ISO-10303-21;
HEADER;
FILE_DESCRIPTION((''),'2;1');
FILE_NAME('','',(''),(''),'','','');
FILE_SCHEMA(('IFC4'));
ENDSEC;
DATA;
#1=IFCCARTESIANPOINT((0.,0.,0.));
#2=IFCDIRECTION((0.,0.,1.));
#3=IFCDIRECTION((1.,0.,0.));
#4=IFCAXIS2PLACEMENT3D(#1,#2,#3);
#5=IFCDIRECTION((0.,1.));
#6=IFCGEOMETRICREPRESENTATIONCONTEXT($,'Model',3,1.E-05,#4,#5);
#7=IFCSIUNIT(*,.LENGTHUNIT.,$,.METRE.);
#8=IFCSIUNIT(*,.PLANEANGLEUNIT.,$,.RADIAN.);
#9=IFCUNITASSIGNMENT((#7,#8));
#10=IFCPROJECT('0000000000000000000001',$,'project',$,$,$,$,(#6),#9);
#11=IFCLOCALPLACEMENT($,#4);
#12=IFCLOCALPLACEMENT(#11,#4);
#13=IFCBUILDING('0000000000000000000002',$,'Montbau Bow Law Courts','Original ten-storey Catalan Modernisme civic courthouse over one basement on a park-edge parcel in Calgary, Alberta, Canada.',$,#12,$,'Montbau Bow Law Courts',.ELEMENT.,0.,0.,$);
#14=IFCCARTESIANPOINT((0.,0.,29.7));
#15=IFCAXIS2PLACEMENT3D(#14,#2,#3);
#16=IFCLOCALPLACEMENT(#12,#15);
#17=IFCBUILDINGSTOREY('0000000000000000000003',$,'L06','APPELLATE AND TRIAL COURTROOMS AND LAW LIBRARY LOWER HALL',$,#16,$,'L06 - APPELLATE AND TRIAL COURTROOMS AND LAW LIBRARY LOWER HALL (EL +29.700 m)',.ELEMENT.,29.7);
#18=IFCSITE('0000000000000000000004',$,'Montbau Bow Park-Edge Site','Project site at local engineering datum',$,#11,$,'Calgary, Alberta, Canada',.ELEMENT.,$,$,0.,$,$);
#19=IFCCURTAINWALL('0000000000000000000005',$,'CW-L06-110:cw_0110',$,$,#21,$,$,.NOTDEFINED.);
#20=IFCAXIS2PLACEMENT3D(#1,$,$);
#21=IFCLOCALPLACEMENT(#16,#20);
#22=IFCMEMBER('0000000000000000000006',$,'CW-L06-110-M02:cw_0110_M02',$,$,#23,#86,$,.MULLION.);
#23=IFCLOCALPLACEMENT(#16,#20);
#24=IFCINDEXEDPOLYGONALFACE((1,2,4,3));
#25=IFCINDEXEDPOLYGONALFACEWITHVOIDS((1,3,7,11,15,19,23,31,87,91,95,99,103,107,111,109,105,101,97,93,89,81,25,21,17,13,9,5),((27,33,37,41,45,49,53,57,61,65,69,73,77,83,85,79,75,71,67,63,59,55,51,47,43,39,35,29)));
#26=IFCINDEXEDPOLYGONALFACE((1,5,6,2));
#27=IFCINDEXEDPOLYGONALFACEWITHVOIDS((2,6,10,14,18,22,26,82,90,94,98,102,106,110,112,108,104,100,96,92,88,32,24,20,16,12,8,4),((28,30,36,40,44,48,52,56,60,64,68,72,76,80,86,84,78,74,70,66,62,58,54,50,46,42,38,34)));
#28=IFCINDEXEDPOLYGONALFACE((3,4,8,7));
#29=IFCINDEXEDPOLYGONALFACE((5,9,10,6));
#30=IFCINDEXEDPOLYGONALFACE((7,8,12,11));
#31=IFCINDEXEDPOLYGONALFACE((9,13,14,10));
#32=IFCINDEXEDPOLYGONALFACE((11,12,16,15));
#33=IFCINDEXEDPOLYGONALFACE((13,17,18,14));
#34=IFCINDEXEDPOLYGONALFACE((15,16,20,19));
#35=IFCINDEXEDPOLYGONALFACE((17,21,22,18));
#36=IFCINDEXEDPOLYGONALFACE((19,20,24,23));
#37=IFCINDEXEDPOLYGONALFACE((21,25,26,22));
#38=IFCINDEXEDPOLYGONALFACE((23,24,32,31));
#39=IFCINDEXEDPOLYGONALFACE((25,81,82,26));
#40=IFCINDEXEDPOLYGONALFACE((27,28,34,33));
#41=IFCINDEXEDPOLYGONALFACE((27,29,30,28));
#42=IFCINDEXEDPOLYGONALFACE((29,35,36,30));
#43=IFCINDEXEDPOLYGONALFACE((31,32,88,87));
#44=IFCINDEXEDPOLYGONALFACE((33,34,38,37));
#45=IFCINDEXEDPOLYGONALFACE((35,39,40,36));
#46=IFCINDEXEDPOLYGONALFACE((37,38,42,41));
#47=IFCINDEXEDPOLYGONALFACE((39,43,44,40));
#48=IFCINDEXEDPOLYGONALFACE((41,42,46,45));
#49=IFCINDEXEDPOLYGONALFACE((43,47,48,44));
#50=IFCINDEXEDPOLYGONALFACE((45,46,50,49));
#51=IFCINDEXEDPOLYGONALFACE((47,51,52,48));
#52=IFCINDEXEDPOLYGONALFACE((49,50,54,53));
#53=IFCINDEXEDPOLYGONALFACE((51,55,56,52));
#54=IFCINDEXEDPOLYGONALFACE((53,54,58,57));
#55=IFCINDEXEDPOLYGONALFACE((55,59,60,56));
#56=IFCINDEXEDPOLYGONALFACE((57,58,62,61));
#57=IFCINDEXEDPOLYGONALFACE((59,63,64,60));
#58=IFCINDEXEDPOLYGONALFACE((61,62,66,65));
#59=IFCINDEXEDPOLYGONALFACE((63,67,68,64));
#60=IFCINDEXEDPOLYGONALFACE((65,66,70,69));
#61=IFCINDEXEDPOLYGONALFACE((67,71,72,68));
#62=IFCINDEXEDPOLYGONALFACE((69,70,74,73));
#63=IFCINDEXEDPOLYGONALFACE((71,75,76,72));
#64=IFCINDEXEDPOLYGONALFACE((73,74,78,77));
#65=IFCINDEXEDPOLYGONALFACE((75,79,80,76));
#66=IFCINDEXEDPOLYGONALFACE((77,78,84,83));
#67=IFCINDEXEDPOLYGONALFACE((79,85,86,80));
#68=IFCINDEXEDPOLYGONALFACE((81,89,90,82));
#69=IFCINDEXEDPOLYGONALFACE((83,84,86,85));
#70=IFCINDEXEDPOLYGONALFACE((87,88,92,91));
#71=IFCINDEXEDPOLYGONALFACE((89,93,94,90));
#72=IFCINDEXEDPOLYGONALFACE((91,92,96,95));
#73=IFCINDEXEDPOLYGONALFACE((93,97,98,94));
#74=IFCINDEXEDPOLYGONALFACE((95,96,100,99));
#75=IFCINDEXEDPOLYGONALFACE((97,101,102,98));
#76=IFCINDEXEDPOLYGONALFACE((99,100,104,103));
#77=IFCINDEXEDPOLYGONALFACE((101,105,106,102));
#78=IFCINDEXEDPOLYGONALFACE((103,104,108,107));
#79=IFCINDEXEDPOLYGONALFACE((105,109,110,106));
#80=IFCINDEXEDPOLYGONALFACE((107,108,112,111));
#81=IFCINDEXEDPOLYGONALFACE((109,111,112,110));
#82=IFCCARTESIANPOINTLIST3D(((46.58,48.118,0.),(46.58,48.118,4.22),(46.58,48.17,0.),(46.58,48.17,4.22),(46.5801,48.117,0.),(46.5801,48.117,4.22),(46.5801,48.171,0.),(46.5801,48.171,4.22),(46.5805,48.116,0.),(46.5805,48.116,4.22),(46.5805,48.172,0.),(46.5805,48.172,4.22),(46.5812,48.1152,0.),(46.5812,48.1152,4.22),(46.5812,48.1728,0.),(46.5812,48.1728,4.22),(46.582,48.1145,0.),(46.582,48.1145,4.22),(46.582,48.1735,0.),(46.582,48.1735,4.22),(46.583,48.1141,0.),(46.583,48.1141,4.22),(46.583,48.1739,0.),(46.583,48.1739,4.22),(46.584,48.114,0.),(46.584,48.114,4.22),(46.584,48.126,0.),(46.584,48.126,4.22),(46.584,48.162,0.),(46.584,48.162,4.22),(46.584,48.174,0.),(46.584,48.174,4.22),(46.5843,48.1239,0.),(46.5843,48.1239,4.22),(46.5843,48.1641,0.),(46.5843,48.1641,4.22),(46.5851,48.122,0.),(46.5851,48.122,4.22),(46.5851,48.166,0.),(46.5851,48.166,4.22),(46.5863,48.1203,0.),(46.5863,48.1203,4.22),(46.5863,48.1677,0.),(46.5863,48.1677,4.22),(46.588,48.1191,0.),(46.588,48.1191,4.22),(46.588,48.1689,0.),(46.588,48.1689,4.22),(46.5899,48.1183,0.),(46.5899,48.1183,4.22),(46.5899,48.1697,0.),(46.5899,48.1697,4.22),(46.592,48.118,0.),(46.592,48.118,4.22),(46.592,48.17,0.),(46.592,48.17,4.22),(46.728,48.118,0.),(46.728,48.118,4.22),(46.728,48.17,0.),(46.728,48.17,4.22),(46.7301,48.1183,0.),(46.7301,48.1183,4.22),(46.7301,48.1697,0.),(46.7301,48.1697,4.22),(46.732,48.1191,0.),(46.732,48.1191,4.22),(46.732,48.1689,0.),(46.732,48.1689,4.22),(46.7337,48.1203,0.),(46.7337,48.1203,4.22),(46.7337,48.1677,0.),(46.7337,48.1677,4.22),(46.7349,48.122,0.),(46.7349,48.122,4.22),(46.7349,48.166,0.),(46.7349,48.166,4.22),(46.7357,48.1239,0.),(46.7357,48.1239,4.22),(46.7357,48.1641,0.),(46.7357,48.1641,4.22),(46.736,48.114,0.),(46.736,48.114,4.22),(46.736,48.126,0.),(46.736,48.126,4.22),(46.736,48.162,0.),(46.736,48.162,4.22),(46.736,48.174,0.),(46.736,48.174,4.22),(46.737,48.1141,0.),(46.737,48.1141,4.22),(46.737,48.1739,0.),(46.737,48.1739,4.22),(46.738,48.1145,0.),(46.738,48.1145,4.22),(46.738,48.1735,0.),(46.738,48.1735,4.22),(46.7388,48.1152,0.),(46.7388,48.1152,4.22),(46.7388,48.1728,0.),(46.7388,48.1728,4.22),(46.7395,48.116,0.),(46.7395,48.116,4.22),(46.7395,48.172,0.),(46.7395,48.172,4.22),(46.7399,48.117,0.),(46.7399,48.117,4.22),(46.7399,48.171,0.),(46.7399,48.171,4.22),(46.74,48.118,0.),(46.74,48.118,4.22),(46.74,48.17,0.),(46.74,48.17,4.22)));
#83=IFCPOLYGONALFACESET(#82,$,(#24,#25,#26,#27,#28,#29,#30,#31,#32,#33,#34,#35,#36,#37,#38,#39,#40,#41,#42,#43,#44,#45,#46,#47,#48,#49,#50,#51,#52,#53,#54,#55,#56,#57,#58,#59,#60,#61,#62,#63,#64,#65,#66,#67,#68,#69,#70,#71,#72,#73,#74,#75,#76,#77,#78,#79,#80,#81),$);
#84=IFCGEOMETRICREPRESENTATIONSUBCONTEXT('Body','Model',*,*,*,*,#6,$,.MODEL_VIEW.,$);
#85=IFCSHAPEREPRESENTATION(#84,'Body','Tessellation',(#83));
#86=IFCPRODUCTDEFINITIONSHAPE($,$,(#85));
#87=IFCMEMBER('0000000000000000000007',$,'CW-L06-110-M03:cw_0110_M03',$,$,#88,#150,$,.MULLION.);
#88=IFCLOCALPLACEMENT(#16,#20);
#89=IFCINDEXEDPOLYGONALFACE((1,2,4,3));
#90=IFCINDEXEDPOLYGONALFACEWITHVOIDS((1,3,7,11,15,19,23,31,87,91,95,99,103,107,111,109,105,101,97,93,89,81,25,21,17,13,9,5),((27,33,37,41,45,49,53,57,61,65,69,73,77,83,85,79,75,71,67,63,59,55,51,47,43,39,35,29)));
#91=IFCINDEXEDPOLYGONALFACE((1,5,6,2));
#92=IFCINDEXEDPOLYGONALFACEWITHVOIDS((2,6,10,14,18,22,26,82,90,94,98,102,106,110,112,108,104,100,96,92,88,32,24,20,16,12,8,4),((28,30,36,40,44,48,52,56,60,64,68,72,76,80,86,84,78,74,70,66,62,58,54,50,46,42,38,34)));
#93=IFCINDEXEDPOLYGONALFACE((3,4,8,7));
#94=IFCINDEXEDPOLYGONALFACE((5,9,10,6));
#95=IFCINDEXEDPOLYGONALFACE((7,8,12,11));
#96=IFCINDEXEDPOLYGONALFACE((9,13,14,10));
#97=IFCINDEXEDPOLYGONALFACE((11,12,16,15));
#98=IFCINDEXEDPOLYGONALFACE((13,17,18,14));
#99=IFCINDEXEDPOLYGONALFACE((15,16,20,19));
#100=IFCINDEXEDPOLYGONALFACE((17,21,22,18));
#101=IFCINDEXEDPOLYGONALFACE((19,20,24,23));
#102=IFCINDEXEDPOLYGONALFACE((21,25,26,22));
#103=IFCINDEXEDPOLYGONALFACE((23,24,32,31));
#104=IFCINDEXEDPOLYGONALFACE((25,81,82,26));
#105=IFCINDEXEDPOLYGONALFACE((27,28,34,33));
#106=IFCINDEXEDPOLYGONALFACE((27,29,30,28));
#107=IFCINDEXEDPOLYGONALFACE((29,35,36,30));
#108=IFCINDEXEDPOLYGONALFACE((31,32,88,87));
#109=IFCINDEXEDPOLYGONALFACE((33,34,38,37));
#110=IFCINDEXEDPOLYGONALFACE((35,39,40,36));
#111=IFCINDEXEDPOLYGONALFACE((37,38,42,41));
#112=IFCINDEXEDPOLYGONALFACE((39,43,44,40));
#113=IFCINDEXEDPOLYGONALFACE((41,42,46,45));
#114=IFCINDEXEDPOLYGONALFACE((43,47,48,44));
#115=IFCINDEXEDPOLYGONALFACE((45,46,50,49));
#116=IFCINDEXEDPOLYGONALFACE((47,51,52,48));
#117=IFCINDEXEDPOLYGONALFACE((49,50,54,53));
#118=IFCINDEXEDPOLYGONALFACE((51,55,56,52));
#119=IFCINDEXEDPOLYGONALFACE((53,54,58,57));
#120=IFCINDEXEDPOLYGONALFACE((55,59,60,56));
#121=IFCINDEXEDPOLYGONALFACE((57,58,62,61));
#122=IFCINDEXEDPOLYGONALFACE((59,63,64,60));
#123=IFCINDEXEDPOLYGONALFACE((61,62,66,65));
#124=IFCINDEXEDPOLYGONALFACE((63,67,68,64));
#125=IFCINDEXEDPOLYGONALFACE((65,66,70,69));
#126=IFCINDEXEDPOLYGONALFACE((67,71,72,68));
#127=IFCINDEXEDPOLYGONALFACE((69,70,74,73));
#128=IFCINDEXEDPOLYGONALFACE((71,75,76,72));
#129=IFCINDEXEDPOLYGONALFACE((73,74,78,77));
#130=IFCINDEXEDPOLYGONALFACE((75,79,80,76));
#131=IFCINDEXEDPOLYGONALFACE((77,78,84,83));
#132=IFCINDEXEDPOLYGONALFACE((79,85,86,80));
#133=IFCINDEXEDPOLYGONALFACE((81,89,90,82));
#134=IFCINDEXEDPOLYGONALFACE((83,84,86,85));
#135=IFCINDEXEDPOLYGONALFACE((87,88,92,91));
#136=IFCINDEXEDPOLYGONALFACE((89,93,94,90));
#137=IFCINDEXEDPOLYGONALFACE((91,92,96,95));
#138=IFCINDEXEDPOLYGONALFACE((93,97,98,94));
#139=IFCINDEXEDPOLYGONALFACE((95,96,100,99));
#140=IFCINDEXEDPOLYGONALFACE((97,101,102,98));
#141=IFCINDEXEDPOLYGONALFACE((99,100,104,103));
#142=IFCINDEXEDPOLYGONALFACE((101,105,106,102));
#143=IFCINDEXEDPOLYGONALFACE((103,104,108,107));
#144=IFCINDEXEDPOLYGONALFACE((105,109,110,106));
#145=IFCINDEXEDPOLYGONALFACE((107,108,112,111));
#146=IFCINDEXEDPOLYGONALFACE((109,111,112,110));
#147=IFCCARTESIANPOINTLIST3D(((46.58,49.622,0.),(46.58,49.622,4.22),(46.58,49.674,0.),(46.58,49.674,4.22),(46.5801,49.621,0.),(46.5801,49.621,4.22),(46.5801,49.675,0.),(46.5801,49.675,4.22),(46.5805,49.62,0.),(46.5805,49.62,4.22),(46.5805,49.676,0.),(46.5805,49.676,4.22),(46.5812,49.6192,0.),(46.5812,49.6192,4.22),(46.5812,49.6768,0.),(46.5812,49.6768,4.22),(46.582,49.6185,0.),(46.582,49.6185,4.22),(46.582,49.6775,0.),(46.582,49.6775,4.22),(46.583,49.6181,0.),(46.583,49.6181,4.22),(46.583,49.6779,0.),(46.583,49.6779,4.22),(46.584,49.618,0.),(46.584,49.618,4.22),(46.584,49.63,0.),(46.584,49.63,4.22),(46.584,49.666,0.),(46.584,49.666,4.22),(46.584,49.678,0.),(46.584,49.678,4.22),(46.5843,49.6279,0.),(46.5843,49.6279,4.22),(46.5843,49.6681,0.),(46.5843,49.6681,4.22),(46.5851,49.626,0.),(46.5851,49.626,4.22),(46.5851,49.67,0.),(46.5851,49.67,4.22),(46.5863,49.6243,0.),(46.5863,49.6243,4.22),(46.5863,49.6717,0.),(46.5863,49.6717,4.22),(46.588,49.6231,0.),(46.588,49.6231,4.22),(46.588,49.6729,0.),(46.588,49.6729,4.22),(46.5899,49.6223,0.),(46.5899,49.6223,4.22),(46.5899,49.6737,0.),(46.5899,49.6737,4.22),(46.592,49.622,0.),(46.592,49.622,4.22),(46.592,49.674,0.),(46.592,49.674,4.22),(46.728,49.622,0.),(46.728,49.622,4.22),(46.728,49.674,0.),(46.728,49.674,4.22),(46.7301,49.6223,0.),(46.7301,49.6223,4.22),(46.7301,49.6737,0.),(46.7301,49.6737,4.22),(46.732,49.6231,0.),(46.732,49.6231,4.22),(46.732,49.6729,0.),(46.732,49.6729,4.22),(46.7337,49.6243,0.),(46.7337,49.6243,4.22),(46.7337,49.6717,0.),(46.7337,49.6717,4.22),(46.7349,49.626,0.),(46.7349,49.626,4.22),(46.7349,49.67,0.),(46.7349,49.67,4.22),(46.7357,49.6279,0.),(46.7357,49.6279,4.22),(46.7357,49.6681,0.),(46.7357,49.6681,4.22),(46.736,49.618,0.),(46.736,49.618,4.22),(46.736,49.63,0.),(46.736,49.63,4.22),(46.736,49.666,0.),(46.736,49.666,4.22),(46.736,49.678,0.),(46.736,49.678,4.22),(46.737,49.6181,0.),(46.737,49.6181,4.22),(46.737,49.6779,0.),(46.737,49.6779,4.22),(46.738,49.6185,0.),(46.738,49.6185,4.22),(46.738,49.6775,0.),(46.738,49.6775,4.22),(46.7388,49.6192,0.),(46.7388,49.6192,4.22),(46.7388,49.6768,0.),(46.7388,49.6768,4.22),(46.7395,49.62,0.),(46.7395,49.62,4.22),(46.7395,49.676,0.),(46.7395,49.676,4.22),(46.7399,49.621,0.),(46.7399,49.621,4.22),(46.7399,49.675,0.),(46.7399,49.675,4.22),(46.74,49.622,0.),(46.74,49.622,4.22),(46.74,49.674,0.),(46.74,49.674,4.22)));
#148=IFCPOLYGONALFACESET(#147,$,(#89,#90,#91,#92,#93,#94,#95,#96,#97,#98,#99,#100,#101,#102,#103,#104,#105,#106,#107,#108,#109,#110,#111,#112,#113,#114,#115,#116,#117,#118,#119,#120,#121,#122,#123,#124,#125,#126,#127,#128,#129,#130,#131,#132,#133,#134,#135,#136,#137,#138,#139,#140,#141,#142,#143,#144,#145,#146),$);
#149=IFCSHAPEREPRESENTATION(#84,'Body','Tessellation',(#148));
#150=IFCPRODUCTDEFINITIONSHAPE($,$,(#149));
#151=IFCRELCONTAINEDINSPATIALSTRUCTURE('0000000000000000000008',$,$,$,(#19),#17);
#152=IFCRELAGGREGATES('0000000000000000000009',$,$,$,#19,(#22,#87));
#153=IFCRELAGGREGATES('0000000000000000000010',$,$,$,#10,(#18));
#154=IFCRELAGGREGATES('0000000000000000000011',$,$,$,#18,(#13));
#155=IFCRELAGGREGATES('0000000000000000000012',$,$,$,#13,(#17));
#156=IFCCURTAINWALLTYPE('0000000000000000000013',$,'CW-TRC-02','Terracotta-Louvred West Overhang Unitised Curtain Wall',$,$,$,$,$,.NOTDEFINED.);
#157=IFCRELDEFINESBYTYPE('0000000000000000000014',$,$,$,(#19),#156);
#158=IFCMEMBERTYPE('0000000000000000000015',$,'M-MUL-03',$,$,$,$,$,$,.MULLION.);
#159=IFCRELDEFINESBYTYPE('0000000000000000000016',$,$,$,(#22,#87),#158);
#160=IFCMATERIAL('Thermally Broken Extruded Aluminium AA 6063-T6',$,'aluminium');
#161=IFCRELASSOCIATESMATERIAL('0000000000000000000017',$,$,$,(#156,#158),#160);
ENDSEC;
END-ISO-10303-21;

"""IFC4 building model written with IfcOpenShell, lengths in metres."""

from ifc_helpers import new_model, si_unit, direction, frame, origin_with_axes, origin_2d_with_axis, place, context, subcontext, project, spatial, hollow_rectangle, extrude, material, material_profile, profile_set, type_object, element, aggregate, save


model = new_model("IFC4")

# Units and contexts
model_context = context("Model", 3, precision=1e-05, world=origin_with_axes(), true_north=direction((0.0, 1.0)))
body_context = subcontext(model_context, "Body", "Model", "MODEL_VIEW")
ifc_project = project(units=[si_unit("LENGTHUNIT", "METRE"), si_unit("PLANEANGLEUNIT", "RADIAN")], contexts=[model_context])

# Site, building, storey
site_placement = place(None, origin_with_axes())
site = spatial("IfcSite", under=ifc_project, at=site_placement, Name="Montbau Bow Park-Edge Site", Description="Project site at local engineering datum", LongName="Calgary, Alberta, Canada", CompositionType="ELEMENT", RefElevation=0.0)
building_placement = place(site_placement, origin_with_axes())
building = spatial("IfcBuilding", under=site, at=building_placement, Name="Montbau Bow Law Courts", Description="Original ten-storey Catalan Modernisme civic courthouse over one basement on a park-edge parcel in Calgary, Alberta, Canada.", LongName="Montbau Bow Law Courts", CompositionType="ELEMENT", ElevationOfRefHeight=0.0, ElevationOfTerrain=0.0)
storey_placement = place(building_placement, frame((0.0, 0.0, 29.7), z_axis=(0.0, 0.0, 1.0), x_axis=(1.0, 0.0, 0.0)))
storey = spatial("IfcBuildingStorey", under=building, at=storey_placement, Name="L06", Description="APPELLATE AND TRIAL COURTROOMS AND LAW LIBRARY LOWER HALL", LongName="L06 - APPELLATE AND TRIAL COURTROOMS AND LAW LIBRARY LOWER HALL (EL +29.700 m)", CompositionType="ELEMENT", Elevation=29.7)

# Curtain wall, members
ifc_material_1 = material(Name="Thermally Broken Extruded Aluminium AA 6063-T6", Category="aluminium")
curtain_wall_type = type_object("IfcCurtainWallType", Name="CW-TRC-02", Description="Terracotta-Louvred West Overhang Unitised Curtain Wall", PredefinedType="NOTDEFINED", material=ifc_material_1)
curtain_wall_placement = place(None, frame((46.66, 46.64, 29.7), z_axis=(0.0, 0.0, 1.0), x_axis=(1.0, 0.0, 0.0)))
curtain_wall = element("IfcCurtainWall", 1, at=curtain_wall_placement, inside=storey, type_object=curtain_wall_type, Name="CW-L06-110:cw_0110", PredefinedType="NOTDEFINED")
ifc_material_profile_1 = material_profile(ifc_material_1, hollow_rectangle(XDim=0.06, YDim=0.16, WallThickness=0.004, InnerFilletRadius=0.008, OuterFilletRadius=0.004, at=origin_2d_with_axis()), Name="CWM-160X60", Category="Main", Priority=0)
ifc_profile_set_1 = profile_set([ifc_material_profile_1], Name="Thermally Broken Extruded Aluminium AA 6063-T6")
member_type_1 = type_object("IfcMemberType", Name="M-MUL-03", PredefinedType="MULLION", material=ifc_profile_set_1)
member_1_placement = place(None, frame((46.66, 48.144, 29.7), z_axis=(0.0, 0.0, 1.0), x_axis=(0.0, 1.0, 0.0)))
member_1 = element("IfcMember", 2, at=member_1_placement, type_object=member_type_1, Name="CW-L06-110-M02:cw_0110_M02", PredefinedType="MULLION", context=body_context, shape_type="SweptSolid", body=[
    extrude(hollow_rectangle(XDim=0.06, YDim=0.16, WallThickness=0.004, InnerFilletRadius=0.008, OuterFilletRadius=0.004, at=origin_2d_with_axis()), origin_with_axes(), (0.0, 0.0, 1.0), 4.22),
])
member_2_placement = place(None, frame((46.66, 49.648, 29.7), z_axis=(0.0, 0.0, 1.0), x_axis=(0.0, 1.0, 0.0)))
member_2 = element("IfcMember", 3, at=member_2_placement, type_object=member_type_1, Name="CW-L06-110-M03:cw_0110_M03", PredefinedType="MULLION", context=body_context, shape_type="SweptSolid", body=[
    extrude(hollow_rectangle(XDim=0.06, YDim=0.16, WallThickness=0.004, InnerFilletRadius=0.008, OuterFilletRadius=0.004, at=origin_2d_with_axis()), origin_with_axes(), (0.0, 0.0, 1.0), 4.22),
])
aggregate(curtain_wall, [member_1, member_2])

save(model, "model.ifc")
